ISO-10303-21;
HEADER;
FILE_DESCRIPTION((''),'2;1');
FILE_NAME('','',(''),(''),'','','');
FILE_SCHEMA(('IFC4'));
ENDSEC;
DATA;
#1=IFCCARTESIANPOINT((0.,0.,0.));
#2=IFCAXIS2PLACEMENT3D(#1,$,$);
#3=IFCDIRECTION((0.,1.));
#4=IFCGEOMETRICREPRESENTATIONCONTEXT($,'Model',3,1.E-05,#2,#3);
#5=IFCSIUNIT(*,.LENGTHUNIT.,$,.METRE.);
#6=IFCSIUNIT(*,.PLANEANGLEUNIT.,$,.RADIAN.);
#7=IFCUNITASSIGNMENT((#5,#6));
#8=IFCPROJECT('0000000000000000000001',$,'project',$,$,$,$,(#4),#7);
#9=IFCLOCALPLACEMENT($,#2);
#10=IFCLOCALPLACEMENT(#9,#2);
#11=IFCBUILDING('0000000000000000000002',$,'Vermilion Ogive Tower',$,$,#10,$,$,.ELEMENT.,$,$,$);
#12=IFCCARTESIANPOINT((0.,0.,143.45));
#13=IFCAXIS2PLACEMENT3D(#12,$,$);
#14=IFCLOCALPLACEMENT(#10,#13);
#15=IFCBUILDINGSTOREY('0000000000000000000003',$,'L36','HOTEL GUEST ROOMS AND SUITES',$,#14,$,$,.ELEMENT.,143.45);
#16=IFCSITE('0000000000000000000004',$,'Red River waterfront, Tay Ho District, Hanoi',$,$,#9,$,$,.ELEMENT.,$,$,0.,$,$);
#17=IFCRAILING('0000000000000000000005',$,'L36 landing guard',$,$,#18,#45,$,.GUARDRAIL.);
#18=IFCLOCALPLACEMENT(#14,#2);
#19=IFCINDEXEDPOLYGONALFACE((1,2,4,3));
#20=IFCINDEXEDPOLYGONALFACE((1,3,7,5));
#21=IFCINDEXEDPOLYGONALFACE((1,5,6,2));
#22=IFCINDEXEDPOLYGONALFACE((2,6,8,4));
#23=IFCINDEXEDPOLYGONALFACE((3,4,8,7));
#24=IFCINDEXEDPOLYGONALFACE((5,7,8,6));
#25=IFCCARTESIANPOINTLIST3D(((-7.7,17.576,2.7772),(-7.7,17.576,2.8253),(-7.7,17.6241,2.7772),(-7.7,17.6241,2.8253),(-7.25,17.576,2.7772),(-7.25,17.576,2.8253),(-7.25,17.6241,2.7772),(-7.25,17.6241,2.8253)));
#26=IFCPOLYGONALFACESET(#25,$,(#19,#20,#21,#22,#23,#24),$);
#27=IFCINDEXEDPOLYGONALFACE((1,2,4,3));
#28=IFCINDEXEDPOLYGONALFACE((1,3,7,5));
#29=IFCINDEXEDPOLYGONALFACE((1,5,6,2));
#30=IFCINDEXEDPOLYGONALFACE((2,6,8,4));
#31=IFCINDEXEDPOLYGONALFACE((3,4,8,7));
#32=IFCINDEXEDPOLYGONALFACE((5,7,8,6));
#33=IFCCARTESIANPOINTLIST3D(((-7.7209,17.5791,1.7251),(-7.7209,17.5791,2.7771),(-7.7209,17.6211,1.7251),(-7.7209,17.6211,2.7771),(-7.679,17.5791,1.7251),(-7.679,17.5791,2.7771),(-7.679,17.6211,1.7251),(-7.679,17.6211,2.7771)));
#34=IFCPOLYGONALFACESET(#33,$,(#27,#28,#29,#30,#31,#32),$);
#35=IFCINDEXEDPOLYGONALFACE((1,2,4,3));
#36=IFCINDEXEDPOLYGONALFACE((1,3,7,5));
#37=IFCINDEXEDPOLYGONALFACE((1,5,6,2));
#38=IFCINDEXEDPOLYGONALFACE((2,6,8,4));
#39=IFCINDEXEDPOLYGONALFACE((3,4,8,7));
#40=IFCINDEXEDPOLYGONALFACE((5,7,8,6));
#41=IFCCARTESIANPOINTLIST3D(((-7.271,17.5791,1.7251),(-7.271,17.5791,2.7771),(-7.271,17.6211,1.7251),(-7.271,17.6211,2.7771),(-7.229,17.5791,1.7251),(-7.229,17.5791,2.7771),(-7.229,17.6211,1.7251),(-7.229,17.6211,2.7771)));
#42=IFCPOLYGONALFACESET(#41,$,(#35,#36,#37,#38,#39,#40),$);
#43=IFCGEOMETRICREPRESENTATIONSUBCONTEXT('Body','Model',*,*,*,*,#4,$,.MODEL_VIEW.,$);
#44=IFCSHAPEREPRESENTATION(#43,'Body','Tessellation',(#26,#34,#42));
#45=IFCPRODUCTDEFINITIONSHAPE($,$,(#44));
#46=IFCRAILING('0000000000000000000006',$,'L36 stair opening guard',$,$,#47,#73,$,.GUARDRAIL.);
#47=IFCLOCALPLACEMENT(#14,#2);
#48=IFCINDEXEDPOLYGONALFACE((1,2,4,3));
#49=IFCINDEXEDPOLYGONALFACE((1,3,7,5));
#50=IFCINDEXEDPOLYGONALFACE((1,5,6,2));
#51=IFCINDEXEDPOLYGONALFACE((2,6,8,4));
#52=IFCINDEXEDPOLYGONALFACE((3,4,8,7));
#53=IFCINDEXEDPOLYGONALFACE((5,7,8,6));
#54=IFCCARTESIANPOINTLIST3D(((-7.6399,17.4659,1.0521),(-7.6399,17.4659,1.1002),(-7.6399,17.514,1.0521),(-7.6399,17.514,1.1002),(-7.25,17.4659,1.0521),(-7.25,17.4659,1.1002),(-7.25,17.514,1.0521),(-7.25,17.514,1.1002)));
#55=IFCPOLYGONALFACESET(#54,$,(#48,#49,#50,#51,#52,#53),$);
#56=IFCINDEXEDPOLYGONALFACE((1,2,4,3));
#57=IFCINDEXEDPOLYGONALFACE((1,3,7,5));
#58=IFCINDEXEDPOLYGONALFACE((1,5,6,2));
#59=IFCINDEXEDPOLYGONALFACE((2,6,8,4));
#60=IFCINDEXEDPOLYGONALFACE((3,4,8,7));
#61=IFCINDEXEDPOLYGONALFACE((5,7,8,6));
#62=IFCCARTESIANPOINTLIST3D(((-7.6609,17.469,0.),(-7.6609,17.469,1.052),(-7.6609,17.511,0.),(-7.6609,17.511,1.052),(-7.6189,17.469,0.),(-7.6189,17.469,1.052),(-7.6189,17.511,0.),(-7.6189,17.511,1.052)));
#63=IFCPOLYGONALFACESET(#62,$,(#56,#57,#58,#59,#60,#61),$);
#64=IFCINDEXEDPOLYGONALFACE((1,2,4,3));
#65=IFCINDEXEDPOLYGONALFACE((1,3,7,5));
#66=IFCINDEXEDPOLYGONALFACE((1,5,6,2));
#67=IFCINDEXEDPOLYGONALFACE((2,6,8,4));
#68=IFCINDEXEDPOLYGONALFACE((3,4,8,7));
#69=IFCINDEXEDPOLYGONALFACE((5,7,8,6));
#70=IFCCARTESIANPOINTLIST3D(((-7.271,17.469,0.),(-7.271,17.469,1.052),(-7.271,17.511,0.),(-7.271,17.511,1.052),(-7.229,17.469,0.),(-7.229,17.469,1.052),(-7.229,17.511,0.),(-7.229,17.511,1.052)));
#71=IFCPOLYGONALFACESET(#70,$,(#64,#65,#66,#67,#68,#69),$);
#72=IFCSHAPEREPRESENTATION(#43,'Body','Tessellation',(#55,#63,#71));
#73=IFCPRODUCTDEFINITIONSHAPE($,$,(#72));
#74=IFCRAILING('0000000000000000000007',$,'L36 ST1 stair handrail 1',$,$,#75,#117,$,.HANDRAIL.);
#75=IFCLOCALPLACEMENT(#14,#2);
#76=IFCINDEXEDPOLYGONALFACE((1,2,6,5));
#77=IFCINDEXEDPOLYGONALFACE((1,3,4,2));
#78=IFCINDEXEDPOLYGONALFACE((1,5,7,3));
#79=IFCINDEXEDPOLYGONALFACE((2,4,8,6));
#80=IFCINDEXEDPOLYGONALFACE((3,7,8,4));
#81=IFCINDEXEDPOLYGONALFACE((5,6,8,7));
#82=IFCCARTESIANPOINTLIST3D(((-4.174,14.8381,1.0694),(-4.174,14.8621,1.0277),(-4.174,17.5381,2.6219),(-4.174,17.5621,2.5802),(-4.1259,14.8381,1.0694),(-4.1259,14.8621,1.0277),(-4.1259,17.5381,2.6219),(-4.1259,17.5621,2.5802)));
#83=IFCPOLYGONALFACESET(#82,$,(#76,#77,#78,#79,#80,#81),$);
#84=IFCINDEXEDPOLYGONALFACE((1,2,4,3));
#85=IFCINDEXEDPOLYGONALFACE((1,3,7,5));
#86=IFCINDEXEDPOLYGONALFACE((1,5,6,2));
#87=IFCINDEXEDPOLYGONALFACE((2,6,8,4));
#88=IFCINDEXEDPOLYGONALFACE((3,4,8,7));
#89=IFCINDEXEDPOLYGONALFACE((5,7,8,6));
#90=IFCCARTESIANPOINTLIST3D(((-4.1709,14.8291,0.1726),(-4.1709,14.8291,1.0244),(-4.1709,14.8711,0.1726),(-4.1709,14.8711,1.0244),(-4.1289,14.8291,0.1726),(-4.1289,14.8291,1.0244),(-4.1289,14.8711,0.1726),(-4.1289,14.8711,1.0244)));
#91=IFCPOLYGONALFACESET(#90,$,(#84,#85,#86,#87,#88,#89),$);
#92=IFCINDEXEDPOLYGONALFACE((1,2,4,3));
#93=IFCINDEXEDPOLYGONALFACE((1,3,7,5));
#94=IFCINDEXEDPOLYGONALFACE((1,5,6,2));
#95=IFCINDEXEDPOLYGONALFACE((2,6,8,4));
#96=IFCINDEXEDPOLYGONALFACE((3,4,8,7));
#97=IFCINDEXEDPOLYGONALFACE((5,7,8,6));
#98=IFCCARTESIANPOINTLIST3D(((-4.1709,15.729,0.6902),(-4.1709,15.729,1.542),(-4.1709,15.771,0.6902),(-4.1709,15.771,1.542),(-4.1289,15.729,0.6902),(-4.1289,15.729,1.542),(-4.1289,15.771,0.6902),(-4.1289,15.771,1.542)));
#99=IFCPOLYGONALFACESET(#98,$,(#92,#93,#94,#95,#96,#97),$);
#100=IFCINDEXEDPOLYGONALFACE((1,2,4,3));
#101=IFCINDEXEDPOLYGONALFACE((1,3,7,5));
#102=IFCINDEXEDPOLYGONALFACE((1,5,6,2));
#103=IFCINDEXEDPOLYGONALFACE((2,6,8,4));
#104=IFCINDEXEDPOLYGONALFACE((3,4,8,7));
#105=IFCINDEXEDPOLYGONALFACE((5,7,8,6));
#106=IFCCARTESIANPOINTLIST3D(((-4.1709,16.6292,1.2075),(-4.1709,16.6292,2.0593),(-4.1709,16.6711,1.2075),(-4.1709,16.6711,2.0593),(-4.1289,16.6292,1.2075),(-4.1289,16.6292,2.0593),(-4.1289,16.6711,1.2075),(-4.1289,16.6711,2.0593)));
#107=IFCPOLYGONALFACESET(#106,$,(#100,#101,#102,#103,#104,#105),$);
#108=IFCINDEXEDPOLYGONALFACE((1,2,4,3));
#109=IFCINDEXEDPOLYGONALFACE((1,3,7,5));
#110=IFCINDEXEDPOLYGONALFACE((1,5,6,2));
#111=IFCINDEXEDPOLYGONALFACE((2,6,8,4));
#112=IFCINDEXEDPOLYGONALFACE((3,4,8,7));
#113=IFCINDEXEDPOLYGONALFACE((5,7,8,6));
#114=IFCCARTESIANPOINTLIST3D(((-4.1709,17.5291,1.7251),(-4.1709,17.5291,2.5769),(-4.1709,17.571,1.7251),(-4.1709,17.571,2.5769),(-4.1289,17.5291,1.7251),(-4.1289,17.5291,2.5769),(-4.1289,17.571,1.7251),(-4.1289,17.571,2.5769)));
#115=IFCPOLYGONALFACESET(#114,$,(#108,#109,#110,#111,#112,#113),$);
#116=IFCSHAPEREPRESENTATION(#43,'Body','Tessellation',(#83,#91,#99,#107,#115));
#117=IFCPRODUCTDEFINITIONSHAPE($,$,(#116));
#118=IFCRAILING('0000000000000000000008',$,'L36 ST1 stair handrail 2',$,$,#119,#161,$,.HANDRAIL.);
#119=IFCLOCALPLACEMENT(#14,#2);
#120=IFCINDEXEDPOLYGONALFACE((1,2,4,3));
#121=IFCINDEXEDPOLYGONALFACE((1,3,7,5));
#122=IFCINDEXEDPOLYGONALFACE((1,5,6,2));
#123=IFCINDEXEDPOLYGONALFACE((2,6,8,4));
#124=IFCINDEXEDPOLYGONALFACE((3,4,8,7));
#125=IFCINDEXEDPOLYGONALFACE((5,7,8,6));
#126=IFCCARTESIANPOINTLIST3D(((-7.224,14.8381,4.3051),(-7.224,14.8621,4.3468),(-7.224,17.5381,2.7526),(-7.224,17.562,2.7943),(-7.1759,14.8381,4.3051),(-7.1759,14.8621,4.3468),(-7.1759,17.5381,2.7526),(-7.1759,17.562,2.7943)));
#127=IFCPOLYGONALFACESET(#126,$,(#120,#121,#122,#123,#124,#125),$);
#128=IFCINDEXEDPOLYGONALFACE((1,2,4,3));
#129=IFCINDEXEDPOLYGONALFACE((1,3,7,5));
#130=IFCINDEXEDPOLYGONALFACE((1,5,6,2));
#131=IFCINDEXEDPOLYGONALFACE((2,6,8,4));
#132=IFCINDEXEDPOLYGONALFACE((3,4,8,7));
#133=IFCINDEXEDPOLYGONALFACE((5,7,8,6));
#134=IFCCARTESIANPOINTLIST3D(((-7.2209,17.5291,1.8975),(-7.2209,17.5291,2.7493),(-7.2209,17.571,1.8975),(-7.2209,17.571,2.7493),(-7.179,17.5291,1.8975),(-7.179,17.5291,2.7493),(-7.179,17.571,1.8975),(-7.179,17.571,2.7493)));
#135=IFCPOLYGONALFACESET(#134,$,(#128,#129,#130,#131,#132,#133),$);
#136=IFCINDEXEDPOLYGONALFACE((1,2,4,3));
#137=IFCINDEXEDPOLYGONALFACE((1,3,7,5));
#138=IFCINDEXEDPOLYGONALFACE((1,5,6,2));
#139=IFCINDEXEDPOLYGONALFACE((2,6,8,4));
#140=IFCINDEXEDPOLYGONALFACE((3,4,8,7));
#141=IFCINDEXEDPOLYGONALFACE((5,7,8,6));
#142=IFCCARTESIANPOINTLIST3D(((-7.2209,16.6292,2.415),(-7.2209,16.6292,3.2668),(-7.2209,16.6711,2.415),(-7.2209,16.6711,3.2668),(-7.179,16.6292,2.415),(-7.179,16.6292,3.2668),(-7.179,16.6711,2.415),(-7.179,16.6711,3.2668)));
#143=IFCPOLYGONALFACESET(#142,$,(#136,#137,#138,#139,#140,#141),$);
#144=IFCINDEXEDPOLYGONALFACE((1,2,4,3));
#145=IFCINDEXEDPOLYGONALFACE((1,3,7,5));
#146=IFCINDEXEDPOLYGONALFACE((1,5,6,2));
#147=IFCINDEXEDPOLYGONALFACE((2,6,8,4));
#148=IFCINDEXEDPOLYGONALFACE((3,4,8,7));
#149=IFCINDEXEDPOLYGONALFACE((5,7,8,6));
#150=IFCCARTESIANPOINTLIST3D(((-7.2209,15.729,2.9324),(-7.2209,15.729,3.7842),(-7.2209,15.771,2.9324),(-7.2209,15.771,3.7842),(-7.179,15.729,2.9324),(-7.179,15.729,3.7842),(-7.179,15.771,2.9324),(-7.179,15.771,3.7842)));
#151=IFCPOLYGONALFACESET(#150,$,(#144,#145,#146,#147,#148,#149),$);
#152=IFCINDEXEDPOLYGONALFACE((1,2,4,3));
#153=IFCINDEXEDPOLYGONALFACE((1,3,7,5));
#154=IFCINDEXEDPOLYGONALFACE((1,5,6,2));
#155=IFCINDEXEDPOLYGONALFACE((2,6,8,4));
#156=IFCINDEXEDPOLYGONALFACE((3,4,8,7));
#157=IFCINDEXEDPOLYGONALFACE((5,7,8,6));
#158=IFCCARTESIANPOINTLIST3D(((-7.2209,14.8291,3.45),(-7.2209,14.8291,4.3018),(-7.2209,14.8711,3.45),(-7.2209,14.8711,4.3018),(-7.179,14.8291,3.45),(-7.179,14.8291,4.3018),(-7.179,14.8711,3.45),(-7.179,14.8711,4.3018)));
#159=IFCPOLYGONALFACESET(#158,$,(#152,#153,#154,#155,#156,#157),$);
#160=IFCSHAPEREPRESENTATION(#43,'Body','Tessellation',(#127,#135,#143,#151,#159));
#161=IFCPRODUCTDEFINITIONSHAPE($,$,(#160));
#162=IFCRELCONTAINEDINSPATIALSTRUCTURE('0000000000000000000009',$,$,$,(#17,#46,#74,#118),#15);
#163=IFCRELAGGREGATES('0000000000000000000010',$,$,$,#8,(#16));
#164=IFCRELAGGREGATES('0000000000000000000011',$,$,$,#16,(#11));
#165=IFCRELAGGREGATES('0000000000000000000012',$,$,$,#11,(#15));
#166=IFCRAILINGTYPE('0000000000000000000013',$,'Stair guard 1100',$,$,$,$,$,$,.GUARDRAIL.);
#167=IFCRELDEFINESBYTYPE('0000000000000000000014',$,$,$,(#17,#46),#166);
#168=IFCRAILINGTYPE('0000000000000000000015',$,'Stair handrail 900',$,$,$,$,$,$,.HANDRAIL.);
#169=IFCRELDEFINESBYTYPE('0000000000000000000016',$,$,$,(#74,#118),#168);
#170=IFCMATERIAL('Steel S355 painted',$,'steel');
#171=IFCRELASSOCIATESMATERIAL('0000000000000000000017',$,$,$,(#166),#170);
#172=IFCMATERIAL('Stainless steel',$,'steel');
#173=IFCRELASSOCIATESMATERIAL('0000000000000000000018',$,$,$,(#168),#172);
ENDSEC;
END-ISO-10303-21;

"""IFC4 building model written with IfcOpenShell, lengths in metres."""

from ifc_helpers import new_model, si_unit, direction, frame, origin, origin_2d, place, context, subcontext, project, spatial, rectangle, extrude, material, type_object, element, save


model = new_model("IFC4")

# Units and contexts
model_context = context("Model", 3, precision=1e-05, world=origin(), true_north=direction((0.0, 1.0)))
body_context = subcontext(model_context, "Body", "Model", "MODEL_VIEW")
ifc_project = project(units=[si_unit("LENGTHUNIT", "METRE"), si_unit("PLANEANGLEUNIT", "RADIAN")], contexts=[model_context])

# Site, building, storey
site_placement = place(None, origin())
site = spatial("IfcSite", under=ifc_project, at=site_placement, Name="Red River waterfront, Tay Ho District, Hanoi", CompositionType="ELEMENT", RefElevation=0.0)
building_placement = place(site_placement, origin())
building = spatial("IfcBuilding", under=site, at=building_placement, Name="Vermilion Ogive Tower", CompositionType="ELEMENT")
storey_placement = place(building_placement, frame((0.0, 0.0, 143.45)))
storey = spatial("IfcBuildingStorey", under=building, at=storey_placement, Name="L36", Description="HOTEL GUEST ROOMS AND SUITES", CompositionType="ELEMENT", Elevation=143.45)

# Railings
ifc_material_1 = material(Name="Steel S355 painted", Category="steel")
railing_type_1 = type_object("IfcRailingType", Name="Stair guard 1100", PredefinedType="GUARDRAIL", material=ifc_material_1)
railing_1_placement = place(storey_placement, frame((-7.7, 17.6001, 1.7251)))
element("IfcRailing", 1, at=railing_1_placement, inside=storey, type_object=railing_type_1, Name="L36 landing guard", PredefinedType="GUARDRAIL", context=body_context, shape_type="SweptSolid", body=[
    extrude(rectangle(XDim=0.0481, YDim=0.0481, at=origin_2d()), frame((0.0, 0.0, 1.0762), z_axis=(1.0, 0.0, 0.0), x_axis=(0.0, 1.0, 0.0)), (0.0, 0.0, 1.0), 0.45),
    extrude(rectangle(XDim=0.042, YDim=0.042, at=origin_2d()), origin(), (0.0, 0.0, 1.0), 1.052),
    extrude(rectangle(XDim=0.042, YDim=0.042, at=origin_2d()), frame((0.45, 0.0, 0.0)), (0.0, 0.0, 1.0), 1.052),
])
railing_2_placement = place(storey_placement, frame((-7.6399, 17.49, 0.0)))
element("IfcRailing", 2, at=railing_2_placement, inside=storey, type_object=railing_type_1, Name="L36 stair opening guard", PredefinedType="GUARDRAIL", context=body_context, shape_type="SweptSolid", body=[
    extrude(rectangle(XDim=0.0481, YDim=0.0481, at=origin_2d()), frame((0.0, 0.0, 1.0762), z_axis=(1.0, 0.0, 0.0), x_axis=(0.0, 1.0, 0.0)), (0.0, 0.0, 1.0), 0.3899),
    extrude(rectangle(XDim=0.042, YDim=0.042, at=origin_2d()), origin(), (0.0, 0.0, 1.0), 1.052),
    extrude(rectangle(XDim=0.042, YDim=0.042, at=origin_2d()), frame((0.3899, 0.0, 0.0)), (0.0, 0.0, 1.0), 1.052),
])
ifc_material_2 = material(Name="Stainless steel", Category="steel")
railing_type_2 = type_object("IfcRailingType", Name="Stair handrail 900", PredefinedType="HANDRAIL", material=ifc_material_2)
railing_3_placement = place(storey_placement, frame((-4.1499, 14.8501, 0.1726)))
element("IfcRailing", 3, at=railing_3_placement, inside=storey, type_object=railing_type_2, Name="L36 ST1 stair handrail 1", PredefinedType="HANDRAIL", context=body_context, shape_type="SweptSolid", body=[
    extrude(rectangle(XDim=0.0481, YDim=0.0481, at=origin_2d()), frame((0.0, 0.0, 0.876), z_axis=(0.0, 0.866904, 0.498476), x_axis=(-1.0, 0.0, 0.0)), (0.0, 0.0, 1.0), 3.1145),
    extrude(rectangle(XDim=0.042, YDim=0.042, at=origin_2d()), origin(), (0.0, 0.0, 1.0), 0.8518),
    extrude(rectangle(XDim=0.042, YDim=0.042, at=origin_2d()), frame((0.0, 0.8999, 0.5176)), (0.0, 0.0, 1.0), 0.8518),
    extrude(rectangle(XDim=0.042, YDim=0.042, at=origin_2d()), frame((0.0, 1.8, 1.0349)), (0.0, 0.0, 1.0), 0.8518),
    extrude(rectangle(XDim=0.042, YDim=0.042, at=origin_2d()), frame((0.0, 2.7, 1.5525)), (0.0, 0.0, 1.0), 0.8518),
])
railing_4_placement = place(storey_placement, frame((-7.2, 17.55, 1.8975)))
element("IfcRailing", 4, at=railing_4_placement, inside=storey, type_object=railing_type_2, Name="L36 ST1 stair handrail 2", PredefinedType="HANDRAIL", context=body_context, shape_type="SweptSolid", body=[
    extrude(rectangle(XDim=0.0481, YDim=0.0481, at=origin_2d()), frame((0.0, 0.0, 0.876), z_axis=(0.0, -0.866904, 0.498476), x_axis=(1.0, 0.0, 0.0)), (0.0, 0.0, 1.0), 3.1145),
    extrude(rectangle(XDim=0.042, YDim=0.042, at=origin_2d()), origin(), (0.0, 0.0, 1.0), 0.8518),
    extrude(rectangle(XDim=0.042, YDim=0.042, at=origin_2d()), frame((0.0, -0.8999, 0.5176)), (0.0, 0.0, 1.0), 0.8518),
    extrude(rectangle(XDim=0.042, YDim=0.042, at=origin_2d()), frame((0.0, -1.8, 1.0349)), (0.0, 0.0, 1.0), 0.8518),
    extrude(rectangle(XDim=0.042, YDim=0.042, at=origin_2d()), frame((0.0, -2.7, 1.5525)), (0.0, 0.0, 1.0), 0.8518),
])

save(model, "model.ifc")
